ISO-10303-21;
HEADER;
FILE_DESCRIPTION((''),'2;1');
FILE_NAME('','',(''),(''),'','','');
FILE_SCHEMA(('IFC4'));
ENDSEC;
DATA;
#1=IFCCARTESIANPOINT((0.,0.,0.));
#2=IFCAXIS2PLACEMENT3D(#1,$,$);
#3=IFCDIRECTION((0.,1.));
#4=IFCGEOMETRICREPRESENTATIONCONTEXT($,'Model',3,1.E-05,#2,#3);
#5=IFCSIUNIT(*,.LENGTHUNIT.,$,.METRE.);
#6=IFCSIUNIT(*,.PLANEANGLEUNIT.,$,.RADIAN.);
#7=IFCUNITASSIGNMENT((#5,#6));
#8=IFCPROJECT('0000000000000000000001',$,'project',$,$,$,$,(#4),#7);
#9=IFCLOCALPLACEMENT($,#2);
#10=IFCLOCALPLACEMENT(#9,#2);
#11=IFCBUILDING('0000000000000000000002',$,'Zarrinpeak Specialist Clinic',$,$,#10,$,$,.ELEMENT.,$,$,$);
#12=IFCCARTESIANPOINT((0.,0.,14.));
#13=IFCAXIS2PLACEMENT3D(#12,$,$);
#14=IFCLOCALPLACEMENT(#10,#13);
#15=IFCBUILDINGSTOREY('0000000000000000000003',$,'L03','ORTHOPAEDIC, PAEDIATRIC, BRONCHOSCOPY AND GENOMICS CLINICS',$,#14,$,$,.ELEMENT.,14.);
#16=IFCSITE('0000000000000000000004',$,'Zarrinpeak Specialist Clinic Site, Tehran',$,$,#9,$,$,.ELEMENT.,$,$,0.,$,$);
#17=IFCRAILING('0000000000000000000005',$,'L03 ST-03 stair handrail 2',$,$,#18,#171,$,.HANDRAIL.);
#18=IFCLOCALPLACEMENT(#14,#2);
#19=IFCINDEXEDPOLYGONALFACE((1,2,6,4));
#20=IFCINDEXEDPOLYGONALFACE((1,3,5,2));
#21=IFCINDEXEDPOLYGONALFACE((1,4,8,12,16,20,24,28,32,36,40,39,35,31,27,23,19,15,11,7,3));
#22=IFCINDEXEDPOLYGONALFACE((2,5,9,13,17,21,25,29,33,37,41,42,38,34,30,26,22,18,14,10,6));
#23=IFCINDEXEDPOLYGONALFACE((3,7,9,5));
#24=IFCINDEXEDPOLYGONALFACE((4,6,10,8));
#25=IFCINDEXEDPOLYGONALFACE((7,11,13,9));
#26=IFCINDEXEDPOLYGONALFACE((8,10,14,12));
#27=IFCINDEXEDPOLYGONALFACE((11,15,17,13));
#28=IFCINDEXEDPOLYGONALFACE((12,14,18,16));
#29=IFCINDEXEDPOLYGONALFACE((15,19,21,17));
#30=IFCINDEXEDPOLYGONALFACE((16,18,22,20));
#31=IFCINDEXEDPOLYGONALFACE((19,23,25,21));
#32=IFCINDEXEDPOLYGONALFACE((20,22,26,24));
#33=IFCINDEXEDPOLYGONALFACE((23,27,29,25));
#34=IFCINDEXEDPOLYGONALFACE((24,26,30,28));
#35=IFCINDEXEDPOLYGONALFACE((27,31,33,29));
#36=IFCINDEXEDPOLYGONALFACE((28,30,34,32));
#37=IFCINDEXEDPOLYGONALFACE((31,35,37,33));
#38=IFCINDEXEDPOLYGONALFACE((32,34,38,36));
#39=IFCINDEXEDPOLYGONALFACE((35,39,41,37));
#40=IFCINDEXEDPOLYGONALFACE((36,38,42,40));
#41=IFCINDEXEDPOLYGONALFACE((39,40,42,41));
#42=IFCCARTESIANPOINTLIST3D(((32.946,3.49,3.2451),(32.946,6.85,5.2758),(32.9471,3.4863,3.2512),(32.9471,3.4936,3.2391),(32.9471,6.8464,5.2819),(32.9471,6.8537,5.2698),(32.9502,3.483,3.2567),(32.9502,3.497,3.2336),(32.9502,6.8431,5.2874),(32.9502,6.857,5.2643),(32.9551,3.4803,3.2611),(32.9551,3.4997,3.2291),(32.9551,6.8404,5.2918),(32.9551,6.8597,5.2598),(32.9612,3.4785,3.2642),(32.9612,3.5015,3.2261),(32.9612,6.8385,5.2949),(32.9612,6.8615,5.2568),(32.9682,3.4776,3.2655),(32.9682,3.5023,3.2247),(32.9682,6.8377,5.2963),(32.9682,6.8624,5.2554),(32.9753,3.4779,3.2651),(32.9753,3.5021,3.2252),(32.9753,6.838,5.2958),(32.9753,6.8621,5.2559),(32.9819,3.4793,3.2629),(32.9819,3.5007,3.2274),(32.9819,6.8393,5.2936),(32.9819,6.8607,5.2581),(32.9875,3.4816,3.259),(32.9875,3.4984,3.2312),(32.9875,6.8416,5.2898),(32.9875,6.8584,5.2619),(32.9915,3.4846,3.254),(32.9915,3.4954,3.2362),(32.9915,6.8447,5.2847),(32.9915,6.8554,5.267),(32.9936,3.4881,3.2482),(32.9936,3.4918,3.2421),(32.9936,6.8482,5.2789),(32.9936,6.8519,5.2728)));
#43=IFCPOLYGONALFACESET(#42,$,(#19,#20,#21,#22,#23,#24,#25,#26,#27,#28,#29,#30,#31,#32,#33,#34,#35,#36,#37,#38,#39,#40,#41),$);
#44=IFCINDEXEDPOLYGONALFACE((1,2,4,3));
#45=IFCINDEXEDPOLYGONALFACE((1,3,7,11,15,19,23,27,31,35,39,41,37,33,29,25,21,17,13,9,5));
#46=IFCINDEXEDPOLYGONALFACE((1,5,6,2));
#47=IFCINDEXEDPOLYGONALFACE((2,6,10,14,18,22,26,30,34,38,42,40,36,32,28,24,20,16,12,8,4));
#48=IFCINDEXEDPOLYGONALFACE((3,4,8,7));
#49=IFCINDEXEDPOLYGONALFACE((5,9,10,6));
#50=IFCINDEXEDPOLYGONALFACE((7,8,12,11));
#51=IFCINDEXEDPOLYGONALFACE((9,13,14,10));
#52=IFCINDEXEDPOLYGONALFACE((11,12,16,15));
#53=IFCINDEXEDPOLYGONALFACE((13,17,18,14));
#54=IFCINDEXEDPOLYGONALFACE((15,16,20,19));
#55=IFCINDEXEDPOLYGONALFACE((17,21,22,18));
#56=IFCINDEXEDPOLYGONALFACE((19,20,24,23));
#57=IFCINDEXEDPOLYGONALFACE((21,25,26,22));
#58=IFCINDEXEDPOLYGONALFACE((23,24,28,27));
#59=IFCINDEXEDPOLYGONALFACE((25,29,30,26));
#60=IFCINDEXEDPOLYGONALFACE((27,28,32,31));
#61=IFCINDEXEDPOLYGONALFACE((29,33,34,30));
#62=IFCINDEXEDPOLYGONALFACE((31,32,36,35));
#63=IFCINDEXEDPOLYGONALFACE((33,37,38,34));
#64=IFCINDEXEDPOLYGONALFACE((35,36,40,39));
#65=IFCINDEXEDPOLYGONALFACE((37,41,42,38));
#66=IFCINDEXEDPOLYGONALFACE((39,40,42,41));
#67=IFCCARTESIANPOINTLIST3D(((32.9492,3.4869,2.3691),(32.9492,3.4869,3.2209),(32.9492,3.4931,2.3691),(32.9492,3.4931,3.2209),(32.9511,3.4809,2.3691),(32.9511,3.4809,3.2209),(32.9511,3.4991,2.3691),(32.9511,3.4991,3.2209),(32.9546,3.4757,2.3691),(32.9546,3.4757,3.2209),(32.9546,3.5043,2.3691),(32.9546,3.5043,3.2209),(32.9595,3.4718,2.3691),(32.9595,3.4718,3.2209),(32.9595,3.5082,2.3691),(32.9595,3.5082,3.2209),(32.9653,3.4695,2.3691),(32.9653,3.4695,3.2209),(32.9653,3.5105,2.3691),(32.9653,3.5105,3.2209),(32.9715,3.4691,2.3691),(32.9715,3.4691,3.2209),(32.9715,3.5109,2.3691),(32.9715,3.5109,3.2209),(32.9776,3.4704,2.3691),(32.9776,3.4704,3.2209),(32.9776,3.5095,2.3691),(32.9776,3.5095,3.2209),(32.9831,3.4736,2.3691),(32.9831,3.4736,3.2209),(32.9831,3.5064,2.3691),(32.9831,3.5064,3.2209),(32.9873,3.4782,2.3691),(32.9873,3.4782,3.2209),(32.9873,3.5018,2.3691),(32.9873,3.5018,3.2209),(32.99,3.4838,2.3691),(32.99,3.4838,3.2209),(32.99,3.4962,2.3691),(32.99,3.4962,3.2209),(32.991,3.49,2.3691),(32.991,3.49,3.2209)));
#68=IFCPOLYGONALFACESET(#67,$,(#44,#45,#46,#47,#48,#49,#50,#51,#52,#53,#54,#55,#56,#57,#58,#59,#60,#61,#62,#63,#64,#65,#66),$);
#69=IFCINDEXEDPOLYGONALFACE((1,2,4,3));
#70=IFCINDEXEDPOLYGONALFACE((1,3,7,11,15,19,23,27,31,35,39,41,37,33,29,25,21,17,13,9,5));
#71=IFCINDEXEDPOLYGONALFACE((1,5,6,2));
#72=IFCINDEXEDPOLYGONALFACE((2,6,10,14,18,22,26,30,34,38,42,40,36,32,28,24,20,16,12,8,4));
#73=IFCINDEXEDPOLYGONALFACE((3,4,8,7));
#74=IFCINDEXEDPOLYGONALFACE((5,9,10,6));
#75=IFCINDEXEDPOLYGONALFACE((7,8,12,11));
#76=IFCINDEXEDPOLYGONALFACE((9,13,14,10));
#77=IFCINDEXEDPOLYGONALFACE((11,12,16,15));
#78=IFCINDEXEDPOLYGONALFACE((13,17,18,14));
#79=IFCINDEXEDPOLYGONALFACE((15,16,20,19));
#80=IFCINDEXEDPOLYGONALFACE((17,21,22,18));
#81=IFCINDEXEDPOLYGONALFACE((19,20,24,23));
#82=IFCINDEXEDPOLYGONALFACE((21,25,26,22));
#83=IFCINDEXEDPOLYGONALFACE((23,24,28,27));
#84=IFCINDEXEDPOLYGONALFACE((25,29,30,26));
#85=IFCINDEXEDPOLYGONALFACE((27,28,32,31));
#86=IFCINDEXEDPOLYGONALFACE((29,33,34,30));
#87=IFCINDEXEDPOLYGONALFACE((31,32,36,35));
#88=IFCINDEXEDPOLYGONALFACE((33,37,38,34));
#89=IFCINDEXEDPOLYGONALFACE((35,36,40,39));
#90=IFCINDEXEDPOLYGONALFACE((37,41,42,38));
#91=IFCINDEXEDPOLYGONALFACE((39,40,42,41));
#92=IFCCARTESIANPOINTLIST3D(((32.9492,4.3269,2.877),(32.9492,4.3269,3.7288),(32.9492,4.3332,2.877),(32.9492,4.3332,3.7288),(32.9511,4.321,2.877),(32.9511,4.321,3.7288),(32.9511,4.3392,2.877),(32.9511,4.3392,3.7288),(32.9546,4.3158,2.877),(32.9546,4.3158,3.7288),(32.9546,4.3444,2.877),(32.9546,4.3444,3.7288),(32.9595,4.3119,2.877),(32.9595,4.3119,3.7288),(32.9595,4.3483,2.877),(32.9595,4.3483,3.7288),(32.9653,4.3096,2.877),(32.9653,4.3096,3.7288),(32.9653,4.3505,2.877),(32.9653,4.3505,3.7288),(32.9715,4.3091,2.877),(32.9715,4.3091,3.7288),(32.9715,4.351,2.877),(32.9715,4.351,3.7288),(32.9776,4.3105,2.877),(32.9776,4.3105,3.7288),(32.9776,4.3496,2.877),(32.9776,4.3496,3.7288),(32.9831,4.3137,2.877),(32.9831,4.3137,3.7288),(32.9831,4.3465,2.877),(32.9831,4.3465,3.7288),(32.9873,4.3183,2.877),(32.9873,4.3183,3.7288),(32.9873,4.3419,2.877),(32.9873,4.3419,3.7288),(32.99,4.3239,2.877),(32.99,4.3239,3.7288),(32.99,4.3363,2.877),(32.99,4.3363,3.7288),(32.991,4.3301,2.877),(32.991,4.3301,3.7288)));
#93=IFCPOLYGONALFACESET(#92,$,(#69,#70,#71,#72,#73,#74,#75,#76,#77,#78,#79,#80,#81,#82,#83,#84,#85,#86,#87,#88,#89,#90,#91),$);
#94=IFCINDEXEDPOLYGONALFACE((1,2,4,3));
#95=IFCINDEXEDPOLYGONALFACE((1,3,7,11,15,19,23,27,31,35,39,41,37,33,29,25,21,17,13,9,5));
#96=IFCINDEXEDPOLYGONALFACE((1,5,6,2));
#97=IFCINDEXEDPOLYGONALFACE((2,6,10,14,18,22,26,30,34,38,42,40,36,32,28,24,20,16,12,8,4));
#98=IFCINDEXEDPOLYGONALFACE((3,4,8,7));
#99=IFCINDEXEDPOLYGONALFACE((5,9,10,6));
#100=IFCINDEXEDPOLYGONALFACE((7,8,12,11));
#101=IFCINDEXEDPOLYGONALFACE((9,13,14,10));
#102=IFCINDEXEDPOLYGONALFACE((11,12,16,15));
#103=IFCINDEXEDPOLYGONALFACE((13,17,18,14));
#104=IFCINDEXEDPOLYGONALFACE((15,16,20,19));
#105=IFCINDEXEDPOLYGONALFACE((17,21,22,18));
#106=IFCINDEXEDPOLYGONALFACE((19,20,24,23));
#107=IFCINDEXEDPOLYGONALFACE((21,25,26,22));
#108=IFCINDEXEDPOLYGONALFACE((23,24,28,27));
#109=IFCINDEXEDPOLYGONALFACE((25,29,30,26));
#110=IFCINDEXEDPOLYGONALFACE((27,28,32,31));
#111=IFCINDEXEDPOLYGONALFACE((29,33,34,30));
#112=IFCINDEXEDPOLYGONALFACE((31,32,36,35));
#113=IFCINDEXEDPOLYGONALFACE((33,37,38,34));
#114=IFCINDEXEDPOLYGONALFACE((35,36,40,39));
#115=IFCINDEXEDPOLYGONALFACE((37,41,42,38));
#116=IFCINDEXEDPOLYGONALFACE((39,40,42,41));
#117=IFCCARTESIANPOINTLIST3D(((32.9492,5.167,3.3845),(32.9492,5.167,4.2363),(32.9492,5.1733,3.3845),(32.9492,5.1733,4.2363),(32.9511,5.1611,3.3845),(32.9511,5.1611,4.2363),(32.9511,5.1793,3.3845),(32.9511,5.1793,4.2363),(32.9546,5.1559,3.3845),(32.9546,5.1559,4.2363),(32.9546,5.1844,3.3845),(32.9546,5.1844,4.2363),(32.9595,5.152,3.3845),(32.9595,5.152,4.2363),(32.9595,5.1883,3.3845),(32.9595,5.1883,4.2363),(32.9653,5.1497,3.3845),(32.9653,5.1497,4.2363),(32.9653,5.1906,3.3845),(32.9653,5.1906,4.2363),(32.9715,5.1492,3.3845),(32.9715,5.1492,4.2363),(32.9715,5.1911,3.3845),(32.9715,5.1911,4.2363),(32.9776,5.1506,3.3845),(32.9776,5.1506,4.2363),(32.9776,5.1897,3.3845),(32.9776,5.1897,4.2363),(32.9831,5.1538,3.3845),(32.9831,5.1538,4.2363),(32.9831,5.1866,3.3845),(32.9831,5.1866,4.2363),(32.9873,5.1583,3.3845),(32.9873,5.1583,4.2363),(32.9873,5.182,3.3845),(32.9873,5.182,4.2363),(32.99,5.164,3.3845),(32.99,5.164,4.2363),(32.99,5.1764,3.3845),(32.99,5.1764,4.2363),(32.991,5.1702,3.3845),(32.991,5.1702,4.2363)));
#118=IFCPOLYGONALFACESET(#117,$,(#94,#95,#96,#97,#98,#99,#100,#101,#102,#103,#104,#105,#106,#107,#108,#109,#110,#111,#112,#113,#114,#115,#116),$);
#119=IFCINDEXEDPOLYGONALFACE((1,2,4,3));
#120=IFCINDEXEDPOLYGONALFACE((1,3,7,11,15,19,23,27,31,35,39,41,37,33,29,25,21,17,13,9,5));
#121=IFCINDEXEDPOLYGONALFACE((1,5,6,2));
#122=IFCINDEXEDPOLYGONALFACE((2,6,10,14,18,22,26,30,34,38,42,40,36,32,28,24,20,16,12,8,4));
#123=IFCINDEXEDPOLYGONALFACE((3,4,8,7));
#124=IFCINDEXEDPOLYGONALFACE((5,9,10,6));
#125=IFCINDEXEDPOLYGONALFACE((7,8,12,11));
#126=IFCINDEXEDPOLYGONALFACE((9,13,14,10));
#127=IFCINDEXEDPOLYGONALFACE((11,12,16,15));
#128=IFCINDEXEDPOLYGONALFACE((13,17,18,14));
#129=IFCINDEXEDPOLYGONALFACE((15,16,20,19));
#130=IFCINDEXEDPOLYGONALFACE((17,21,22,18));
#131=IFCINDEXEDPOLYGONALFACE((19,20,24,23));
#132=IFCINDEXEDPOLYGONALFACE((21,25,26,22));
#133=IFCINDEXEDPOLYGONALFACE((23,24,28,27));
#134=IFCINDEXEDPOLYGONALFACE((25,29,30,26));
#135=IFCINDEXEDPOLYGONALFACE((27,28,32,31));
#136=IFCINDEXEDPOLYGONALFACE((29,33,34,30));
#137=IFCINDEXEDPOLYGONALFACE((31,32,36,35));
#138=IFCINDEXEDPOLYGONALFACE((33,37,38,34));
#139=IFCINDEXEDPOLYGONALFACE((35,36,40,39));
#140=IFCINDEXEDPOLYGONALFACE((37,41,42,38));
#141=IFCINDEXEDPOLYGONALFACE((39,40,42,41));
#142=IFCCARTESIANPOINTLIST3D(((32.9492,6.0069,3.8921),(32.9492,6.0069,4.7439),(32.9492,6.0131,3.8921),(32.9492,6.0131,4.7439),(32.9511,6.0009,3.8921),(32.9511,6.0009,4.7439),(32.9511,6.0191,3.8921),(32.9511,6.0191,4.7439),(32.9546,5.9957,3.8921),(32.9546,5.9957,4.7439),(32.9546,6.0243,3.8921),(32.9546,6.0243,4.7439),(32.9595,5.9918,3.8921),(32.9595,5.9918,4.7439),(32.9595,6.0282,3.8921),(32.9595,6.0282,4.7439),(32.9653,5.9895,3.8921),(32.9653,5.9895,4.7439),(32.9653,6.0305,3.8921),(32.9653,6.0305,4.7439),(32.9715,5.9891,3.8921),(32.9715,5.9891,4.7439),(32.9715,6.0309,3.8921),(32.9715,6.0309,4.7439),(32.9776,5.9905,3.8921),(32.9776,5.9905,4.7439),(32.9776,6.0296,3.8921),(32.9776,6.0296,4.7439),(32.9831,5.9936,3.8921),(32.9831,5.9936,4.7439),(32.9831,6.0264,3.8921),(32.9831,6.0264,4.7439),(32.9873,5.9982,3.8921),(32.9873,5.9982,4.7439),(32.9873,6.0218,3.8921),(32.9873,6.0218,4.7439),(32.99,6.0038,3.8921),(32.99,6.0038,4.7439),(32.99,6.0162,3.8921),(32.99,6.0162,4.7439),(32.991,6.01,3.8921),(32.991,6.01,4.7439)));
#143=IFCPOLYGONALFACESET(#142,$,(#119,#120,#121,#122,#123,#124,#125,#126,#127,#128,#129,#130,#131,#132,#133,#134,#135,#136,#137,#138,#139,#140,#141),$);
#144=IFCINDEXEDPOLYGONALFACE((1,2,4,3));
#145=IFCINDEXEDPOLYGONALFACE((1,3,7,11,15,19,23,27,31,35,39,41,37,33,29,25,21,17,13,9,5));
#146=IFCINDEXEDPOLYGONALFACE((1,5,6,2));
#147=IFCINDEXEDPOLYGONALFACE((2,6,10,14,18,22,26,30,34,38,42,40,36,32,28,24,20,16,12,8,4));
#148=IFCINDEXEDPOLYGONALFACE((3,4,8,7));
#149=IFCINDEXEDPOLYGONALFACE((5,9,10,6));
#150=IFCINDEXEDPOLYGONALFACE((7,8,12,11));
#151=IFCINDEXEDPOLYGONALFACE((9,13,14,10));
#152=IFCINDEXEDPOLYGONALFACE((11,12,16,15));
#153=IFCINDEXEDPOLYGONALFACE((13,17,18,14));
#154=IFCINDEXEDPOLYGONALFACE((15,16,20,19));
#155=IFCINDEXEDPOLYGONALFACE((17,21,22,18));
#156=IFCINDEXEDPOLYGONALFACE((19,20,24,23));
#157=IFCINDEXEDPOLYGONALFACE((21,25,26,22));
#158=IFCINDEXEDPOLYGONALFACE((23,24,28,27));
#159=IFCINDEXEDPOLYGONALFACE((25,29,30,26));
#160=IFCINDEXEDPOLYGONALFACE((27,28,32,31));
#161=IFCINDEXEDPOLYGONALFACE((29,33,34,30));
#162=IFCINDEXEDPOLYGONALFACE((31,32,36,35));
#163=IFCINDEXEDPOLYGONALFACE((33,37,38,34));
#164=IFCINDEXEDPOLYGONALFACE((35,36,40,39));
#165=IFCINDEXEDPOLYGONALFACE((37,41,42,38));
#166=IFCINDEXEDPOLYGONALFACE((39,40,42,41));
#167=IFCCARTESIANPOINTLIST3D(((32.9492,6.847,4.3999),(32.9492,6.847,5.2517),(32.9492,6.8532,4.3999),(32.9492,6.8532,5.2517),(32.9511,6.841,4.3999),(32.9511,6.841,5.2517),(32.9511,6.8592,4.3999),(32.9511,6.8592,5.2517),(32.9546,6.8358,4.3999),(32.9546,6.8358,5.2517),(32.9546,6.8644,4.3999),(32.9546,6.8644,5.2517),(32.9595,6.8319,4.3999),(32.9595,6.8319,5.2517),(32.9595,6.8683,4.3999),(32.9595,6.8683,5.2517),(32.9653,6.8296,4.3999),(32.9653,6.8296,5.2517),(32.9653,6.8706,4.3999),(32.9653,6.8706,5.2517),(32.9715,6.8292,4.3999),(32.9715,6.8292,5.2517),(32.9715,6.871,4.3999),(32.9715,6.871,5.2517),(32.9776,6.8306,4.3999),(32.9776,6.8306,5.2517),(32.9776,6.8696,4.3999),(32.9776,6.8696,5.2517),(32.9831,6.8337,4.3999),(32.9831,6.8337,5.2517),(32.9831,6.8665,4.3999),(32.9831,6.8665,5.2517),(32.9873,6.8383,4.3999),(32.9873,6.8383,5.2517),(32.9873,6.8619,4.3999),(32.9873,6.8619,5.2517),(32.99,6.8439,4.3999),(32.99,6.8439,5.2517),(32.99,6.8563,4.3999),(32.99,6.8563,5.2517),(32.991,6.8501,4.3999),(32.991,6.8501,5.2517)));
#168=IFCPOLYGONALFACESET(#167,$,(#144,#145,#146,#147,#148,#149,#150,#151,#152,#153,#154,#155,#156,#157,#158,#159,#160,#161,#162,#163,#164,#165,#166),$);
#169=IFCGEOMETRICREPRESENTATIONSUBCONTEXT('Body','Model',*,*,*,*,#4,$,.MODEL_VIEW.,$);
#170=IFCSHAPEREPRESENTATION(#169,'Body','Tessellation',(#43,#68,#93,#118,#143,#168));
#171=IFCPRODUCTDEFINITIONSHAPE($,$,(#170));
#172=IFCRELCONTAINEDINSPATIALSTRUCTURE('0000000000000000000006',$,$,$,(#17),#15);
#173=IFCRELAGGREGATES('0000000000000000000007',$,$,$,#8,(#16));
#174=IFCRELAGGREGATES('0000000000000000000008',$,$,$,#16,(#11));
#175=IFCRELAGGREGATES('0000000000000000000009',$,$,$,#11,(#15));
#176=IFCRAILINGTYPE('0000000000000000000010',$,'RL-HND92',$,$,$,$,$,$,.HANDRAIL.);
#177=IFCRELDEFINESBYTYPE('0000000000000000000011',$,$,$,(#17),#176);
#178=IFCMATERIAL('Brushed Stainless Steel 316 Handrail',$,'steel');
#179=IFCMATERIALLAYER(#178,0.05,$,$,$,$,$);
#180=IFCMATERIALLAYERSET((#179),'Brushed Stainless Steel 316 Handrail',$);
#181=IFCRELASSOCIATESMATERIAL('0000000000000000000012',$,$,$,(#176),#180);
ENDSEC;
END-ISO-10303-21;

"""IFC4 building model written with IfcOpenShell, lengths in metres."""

from ifc_helpers import new_model, si_unit, direction, frame, origin, origin_2d, place, context, subcontext, project, spatial, circle, extrude, material, layer, layer_set, type_object, element, save


model = new_model("IFC4")

# Units and contexts
model_context = context("Model", 3, precision=1e-05, world=origin(), true_north=direction((0.0, 1.0)))
body_context = subcontext(model_context, "Body", "Model", "MODEL_VIEW")
ifc_project = project(units=[si_unit("LENGTHUNIT", "METRE"), si_unit("PLANEANGLEUNIT", "RADIAN")], contexts=[model_context])

# Site, building, storey
site_placement = place(None, origin())
site = spatial("IfcSite", under=ifc_project, at=site_placement, Name="Zarrinpeak Specialist Clinic Site, Tehran", CompositionType="ELEMENT", RefElevation=0.0)
building_placement = place(site_placement, origin())
building = spatial("IfcBuilding", under=site, at=building_placement, Name="Zarrinpeak Specialist Clinic", CompositionType="ELEMENT")
storey_placement = place(building_placement, frame((0.0, 0.0, 14.0)))
storey = spatial("IfcBuildingStorey", under=building, at=storey_placement, Name="L03", Description="ORTHOPAEDIC, PAEDIATRIC, BRONCHOSCOPY AND GENOMICS CLINICS", CompositionType="ELEMENT", Elevation=14.0)

# Railing
ifc_material_1 = material(Name="Brushed Stainless Steel 316 Handrail", Category="steel")
ifc_layer_1 = layer(ifc_material_1, 0.05)
ifc_layer_set_1 = layer_set([ifc_layer_1], Name="Brushed Stainless Steel 316 Handrail")
railing_type_1 = type_object("IfcRailingType", Name="RL-HND92", PredefinedType="HANDRAIL", material=ifc_layer_set_1)
railing_1_placement = place(storey_placement, frame((32.97, 3.49, 2.3691)))
element("IfcRailing", 1, at=railing_1_placement, inside=storey, type_object=railing_type_1, Name="L03 ST-03 stair handrail 2", PredefinedType="HANDRAIL", context=body_context, shape_type="SweptSolid", body=[
    extrude(circle(Radius=0.0239, at=origin_2d()), frame((0.0, 0.0, 0.876), z_axis=(0.0, 0.855837, 0.517246), x_axis=(-1.0, 0.0, 0.0)), (0.0, 0.0, 1.0), 3.926),
    extrude(circle(Radius=0.021, at=origin_2d()), origin(), (0.0, 0.0, 1.0), 0.8518),
    extrude(circle(Radius=0.021, at=origin_2d()), frame((0.0, 0.8401, 0.5078)), (0.0, 0.0, 1.0), 0.8518),
    extrude(circle(Radius=0.021, at=origin_2d()), frame((0.0, 1.6802, 1.0154)), (0.0, 0.0, 1.0), 0.8518),
    extrude(circle(Radius=0.021, at=origin_2d()), frame((0.0, 2.52, 1.5229)), (0.0, 0.0, 1.0), 0.8518),
    extrude(circle(Radius=0.021, at=origin_2d()), frame((0.0, 3.3601, 2.0308)), (0.0, 0.0, 1.0), 0.8518),
])

save(model, "model.ifc")
